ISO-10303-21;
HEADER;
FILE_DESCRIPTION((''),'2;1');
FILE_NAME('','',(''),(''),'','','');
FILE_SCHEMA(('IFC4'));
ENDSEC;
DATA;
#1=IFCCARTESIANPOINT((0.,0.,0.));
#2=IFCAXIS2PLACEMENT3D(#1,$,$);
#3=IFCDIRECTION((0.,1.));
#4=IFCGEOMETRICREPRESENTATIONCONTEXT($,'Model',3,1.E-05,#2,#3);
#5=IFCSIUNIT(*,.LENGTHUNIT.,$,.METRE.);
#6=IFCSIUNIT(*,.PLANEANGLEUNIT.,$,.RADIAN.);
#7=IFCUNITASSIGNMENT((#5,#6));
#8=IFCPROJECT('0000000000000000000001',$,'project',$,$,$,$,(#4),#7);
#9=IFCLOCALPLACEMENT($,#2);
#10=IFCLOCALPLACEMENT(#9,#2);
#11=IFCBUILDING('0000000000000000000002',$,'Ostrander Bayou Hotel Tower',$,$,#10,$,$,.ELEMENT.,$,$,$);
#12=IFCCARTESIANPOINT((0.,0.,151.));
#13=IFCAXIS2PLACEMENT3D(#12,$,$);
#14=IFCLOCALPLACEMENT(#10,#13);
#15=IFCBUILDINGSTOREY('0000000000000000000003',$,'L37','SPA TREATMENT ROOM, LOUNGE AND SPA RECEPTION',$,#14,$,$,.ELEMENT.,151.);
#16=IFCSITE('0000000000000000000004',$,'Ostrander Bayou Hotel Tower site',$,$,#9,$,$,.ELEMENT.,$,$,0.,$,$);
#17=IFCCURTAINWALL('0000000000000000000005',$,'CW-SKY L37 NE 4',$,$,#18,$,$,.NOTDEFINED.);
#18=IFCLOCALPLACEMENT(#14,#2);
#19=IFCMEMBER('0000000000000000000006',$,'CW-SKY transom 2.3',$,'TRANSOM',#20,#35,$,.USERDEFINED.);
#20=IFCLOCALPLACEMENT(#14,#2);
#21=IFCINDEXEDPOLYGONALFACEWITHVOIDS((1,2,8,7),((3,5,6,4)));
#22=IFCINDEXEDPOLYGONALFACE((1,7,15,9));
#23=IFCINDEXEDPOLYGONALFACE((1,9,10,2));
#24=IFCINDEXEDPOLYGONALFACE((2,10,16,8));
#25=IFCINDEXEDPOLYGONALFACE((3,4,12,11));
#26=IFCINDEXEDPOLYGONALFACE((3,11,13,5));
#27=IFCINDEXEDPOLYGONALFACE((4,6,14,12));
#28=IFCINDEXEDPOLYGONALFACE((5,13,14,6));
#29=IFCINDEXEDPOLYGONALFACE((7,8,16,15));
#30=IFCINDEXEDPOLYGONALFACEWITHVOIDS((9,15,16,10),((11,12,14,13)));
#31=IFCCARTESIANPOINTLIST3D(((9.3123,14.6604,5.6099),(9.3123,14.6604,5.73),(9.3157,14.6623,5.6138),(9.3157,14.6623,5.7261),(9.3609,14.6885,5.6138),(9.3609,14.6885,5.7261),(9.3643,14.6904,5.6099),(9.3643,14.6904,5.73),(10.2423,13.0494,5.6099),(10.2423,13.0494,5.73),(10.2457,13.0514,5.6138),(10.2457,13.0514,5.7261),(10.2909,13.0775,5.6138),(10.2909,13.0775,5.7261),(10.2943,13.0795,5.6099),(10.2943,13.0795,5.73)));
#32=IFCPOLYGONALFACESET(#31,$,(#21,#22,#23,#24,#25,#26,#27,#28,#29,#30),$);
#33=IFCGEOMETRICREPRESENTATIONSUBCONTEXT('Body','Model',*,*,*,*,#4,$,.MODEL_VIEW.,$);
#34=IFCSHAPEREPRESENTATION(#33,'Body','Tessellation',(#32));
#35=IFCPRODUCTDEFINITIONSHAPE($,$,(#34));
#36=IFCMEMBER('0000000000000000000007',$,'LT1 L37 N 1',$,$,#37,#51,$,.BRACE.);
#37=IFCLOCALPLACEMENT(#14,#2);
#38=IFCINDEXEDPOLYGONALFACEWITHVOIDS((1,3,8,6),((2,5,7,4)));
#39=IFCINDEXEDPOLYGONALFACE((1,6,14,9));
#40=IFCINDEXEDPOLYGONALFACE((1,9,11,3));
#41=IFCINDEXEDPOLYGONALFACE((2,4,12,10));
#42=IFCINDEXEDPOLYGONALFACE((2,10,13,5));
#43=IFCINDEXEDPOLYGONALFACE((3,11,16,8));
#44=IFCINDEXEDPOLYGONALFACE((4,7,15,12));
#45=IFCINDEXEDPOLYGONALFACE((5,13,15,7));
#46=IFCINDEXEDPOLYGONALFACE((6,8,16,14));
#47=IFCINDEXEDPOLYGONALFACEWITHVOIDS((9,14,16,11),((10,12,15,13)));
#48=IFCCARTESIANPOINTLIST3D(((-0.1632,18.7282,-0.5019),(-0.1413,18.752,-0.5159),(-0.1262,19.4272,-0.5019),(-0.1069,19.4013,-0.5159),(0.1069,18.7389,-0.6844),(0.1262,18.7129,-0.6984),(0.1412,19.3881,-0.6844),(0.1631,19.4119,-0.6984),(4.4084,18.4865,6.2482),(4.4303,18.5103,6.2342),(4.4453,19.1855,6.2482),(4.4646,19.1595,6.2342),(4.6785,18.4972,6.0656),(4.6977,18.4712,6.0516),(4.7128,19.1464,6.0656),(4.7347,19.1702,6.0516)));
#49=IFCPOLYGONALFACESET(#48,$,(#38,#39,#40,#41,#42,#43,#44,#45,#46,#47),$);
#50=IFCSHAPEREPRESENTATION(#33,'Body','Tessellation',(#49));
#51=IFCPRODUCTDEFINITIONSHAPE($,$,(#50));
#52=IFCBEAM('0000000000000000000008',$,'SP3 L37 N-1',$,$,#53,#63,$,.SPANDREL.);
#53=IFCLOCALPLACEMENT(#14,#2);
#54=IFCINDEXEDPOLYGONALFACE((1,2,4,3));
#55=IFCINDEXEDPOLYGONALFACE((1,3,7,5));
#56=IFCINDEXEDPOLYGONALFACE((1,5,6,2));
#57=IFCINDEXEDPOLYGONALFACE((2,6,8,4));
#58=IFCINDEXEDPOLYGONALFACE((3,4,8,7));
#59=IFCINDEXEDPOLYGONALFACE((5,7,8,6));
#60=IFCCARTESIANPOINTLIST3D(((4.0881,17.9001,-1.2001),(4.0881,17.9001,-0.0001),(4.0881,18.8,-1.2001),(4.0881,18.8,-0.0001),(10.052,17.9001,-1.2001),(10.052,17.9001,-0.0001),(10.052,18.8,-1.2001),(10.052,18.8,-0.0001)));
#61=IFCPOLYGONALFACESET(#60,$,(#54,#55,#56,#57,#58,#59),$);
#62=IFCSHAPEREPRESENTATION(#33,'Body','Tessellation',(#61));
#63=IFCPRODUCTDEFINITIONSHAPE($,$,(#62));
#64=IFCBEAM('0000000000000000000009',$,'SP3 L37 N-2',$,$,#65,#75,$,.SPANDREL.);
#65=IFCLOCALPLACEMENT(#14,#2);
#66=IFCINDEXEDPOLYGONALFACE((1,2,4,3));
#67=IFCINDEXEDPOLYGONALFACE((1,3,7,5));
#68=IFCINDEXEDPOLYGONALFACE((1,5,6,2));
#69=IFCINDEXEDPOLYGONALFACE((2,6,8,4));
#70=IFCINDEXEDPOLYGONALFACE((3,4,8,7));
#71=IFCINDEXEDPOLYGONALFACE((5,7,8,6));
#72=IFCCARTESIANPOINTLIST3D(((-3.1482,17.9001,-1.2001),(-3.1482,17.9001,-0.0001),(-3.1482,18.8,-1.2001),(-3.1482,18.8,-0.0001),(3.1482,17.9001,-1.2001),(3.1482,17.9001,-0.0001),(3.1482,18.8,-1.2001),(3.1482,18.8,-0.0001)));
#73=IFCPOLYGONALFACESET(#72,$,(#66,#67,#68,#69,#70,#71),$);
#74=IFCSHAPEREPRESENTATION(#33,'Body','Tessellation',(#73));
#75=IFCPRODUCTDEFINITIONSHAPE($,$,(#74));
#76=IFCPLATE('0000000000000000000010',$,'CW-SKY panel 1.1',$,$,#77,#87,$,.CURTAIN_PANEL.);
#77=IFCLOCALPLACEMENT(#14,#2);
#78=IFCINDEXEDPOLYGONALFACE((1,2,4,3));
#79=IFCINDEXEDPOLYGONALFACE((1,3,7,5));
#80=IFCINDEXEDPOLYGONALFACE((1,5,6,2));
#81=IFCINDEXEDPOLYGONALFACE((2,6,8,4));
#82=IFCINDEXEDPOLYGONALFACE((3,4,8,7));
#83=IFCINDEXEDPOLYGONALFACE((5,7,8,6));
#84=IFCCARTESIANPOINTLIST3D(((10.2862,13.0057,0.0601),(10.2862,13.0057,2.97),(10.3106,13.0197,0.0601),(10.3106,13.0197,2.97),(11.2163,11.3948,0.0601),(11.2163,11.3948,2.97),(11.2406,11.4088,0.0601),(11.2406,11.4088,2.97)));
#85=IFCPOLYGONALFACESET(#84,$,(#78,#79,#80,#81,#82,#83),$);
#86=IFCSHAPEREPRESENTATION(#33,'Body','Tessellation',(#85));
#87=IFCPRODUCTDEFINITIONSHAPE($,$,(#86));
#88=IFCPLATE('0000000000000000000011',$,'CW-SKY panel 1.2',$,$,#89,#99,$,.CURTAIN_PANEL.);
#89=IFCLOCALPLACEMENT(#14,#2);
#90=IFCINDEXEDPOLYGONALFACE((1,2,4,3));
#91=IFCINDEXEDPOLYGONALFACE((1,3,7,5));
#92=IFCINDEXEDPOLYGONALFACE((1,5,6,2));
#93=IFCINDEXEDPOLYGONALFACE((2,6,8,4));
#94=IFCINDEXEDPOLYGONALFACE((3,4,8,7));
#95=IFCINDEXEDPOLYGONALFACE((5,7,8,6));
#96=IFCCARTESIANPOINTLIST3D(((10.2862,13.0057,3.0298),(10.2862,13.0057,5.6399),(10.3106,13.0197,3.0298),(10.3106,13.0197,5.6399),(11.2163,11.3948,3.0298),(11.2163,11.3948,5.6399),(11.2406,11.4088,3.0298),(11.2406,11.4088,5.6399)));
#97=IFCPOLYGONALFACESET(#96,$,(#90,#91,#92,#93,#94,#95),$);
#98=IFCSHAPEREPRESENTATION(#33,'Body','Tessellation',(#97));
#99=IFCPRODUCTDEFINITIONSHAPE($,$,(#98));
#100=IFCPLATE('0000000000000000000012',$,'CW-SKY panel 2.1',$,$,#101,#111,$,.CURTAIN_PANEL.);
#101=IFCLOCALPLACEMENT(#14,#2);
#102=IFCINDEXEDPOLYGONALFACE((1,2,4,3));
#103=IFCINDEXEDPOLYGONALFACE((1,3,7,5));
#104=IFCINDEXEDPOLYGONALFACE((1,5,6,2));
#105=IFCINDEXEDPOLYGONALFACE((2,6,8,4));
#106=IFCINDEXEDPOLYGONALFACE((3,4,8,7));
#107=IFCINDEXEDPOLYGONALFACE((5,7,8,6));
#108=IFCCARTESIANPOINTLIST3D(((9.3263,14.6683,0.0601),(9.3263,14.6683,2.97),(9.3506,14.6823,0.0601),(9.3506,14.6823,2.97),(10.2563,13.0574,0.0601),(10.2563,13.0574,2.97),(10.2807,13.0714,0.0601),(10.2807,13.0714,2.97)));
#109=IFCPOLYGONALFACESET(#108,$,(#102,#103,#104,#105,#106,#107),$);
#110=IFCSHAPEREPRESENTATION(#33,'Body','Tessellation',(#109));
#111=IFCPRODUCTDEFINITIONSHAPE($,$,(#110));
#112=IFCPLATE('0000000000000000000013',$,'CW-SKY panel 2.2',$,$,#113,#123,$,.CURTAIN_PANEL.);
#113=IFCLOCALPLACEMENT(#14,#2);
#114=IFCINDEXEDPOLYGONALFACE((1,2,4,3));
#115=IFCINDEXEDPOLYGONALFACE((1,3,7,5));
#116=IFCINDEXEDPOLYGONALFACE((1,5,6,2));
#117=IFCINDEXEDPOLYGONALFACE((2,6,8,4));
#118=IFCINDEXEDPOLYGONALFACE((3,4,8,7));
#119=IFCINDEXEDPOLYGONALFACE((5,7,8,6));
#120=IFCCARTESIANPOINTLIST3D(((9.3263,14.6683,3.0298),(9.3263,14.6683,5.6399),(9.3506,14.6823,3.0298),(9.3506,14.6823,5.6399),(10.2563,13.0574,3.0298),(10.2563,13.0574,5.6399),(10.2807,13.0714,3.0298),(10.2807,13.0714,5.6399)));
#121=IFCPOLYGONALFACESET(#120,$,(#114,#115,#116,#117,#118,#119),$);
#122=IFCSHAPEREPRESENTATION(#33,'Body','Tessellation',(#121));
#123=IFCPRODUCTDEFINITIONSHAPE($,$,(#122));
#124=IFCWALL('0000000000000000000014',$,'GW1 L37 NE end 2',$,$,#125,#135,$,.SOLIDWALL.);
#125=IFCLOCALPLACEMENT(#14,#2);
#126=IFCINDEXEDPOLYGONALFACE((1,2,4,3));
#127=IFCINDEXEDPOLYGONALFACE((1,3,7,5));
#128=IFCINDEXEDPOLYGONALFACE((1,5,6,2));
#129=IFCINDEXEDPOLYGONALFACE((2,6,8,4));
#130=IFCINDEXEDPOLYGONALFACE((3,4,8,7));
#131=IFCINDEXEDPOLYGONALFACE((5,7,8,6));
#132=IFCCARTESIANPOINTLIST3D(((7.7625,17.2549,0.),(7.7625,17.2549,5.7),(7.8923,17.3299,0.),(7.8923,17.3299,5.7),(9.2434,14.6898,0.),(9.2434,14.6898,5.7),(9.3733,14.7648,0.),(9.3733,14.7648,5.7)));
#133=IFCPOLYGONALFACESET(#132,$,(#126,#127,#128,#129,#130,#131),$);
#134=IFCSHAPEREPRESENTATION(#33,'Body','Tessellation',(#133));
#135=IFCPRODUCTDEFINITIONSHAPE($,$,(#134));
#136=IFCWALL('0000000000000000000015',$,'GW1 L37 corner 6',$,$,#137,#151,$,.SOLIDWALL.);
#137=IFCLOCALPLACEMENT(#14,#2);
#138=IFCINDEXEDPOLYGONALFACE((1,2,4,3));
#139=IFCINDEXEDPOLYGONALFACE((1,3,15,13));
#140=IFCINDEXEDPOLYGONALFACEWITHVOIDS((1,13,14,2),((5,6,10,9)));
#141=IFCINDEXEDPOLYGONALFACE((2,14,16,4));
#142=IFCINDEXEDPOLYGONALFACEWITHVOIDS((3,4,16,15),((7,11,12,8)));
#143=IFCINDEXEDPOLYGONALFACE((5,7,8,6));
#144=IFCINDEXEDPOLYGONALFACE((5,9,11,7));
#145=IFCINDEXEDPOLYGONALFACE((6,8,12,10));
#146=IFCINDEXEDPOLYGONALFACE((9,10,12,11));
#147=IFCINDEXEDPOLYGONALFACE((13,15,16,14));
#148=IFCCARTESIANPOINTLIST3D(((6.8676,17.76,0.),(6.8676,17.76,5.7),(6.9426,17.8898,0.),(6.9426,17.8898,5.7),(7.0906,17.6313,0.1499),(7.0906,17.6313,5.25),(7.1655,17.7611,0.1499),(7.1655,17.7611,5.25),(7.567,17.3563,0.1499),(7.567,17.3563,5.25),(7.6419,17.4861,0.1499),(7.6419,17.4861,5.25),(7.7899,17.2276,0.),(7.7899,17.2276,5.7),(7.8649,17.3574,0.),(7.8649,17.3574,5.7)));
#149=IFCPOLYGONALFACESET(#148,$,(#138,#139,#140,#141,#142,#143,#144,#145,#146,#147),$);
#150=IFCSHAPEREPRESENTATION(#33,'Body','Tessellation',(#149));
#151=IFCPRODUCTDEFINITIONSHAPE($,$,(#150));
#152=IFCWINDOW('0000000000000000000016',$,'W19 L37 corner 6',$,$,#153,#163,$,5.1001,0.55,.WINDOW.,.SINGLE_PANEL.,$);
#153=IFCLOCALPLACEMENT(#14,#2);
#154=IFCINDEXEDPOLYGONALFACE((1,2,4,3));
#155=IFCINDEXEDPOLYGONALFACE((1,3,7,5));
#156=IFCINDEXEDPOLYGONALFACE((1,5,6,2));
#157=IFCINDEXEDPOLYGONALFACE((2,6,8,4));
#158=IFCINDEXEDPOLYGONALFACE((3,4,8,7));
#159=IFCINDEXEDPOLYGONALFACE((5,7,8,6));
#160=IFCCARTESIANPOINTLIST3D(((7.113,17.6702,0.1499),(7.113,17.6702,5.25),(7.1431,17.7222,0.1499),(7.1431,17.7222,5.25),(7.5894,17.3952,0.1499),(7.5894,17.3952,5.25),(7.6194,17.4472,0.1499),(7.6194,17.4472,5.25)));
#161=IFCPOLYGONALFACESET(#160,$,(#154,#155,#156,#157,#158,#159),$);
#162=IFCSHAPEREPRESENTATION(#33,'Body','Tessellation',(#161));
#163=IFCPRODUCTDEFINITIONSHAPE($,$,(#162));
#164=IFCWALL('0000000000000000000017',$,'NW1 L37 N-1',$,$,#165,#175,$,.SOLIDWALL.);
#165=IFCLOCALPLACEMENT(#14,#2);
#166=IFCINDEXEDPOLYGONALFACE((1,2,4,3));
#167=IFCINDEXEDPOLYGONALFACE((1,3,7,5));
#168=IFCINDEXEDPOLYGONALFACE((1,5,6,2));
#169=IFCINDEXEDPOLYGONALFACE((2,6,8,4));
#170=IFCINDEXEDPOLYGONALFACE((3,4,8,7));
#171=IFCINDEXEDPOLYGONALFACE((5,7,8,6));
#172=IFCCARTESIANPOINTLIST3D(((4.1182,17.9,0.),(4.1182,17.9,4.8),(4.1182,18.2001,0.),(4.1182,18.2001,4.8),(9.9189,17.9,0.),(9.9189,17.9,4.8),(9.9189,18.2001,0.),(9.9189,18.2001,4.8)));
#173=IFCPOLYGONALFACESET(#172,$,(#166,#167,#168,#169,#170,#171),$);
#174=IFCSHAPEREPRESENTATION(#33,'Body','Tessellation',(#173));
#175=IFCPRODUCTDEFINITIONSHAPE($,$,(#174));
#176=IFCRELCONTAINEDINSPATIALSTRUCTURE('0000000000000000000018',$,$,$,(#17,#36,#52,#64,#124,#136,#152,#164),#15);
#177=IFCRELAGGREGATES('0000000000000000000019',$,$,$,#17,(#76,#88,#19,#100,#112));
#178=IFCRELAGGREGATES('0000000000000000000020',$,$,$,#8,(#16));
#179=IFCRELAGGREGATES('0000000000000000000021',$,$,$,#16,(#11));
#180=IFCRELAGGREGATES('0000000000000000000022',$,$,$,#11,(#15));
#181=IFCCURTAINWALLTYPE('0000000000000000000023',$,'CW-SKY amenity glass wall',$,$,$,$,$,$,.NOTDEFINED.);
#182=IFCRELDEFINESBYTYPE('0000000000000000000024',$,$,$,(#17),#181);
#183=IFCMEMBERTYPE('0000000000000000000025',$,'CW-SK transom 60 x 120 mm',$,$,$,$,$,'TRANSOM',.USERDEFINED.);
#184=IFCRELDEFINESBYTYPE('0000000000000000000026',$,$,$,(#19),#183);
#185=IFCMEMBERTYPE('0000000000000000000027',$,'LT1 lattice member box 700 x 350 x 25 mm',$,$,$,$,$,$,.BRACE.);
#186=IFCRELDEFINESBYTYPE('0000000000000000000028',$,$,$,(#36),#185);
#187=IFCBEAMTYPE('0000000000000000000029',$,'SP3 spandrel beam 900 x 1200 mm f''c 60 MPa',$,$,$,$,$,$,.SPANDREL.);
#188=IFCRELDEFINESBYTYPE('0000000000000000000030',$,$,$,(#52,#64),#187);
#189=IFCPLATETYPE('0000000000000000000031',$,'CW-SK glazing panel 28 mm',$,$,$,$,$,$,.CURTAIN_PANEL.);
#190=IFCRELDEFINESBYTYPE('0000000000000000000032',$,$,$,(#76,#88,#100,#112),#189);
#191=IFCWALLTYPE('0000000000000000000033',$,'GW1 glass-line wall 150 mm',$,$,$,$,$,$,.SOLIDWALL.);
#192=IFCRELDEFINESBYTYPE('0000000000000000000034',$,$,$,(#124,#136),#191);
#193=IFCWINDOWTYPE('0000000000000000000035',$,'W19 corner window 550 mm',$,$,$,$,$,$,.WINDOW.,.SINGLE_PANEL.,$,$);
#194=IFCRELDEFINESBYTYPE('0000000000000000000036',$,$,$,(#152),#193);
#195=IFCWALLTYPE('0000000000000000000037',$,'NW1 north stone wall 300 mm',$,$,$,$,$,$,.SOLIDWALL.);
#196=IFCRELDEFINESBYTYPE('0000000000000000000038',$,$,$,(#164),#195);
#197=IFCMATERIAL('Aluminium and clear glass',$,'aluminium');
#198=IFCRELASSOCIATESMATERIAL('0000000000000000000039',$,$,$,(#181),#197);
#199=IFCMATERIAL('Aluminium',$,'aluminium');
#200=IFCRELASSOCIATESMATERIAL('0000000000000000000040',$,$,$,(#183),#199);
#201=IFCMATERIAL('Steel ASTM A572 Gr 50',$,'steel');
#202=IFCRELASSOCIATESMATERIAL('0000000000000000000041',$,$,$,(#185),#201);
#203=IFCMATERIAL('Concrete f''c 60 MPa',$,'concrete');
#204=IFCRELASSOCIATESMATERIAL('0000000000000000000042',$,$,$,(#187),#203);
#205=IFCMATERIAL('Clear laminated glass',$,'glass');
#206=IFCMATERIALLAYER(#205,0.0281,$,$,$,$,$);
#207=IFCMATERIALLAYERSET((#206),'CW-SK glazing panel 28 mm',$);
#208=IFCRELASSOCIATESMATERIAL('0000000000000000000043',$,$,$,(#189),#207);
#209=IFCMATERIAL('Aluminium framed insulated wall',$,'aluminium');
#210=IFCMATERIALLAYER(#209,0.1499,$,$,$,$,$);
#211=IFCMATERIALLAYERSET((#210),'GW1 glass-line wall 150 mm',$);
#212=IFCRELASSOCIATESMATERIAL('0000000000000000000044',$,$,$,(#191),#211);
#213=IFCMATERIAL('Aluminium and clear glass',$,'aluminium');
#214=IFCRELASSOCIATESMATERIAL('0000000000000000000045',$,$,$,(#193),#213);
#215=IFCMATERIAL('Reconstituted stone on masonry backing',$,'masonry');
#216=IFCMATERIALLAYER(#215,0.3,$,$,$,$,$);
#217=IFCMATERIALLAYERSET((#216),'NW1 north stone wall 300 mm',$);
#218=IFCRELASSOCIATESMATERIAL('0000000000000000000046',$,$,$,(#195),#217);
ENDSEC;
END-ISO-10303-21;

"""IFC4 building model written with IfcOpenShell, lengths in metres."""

from ifc_helpers import new_model, si_unit, direction, frame, frame_2d, origin, origin_2d, place, context, subcontext, project, spatial, rectangle, hollow_rectangle, extrude, material, layer, layer_set, material_profile, profile_set, type_object, element, fill, aggregate, save


model = new_model("IFC4")

# Units and contexts
model_context = context("Model", 3, precision=1e-05, world=origin(), true_north=direction((0.0, 1.0)))
body_context = subcontext(model_context, "Body", "Model", "MODEL_VIEW")
ifc_project = project(units=[si_unit("LENGTHUNIT", "METRE"), si_unit("PLANEANGLEUNIT", "RADIAN")], contexts=[model_context])

# Site, building, storey
site_placement = place(None, origin())
site = spatial("IfcSite", under=ifc_project, at=site_placement, Name="Ostrander Bayou Hotel Tower site", CompositionType="ELEMENT", RefElevation=0.0)
building_placement = place(site_placement, origin())
building = spatial("IfcBuilding", under=site, at=building_placement, Name="Ostrander Bayou Hotel Tower", CompositionType="ELEMENT")
storey_placement = place(building_placement, frame((0.0, 0.0, 151.0)))
storey = spatial("IfcBuildingStorey", under=building, at=storey_placement, Name="L37", Description="SPA TREATMENT ROOM, LOUNGE AND SPA RECEPTION", CompositionType="ELEMENT", Elevation=151.0)

# Curtain wall, member
ifc_material_1 = material(Name="Aluminium and clear glass", Category="aluminium")
curtain_wall_type = type_object("IfcCurtainWallType", Name="CW-SKY amenity glass wall", PredefinedType="NOTDEFINED", material=ifc_material_1)
curtain_wall_placement = place(storey_placement, origin())
curtain_wall = element("IfcCurtainWall", 1, at=curtain_wall_placement, inside=storey, type_object=curtain_wall_type, Name="CW-SKY L37 NE 4", PredefinedType="NOTDEFINED")
ifc_material_2 = material(Name="Aluminium", Category="aluminium")
ifc_material_profile_1 = material_profile(ifc_material_2, hollow_rectangle(XDim=0.0601, YDim=0.1201, WallThickness=0.0039, at=origin_2d()))
ifc_profile_set_1 = profile_set([ifc_material_profile_1], Name="Aluminium")
member_type_1 = type_object("IfcMemberType", Name="CW-SK transom 60 x 120 mm", ElementType="TRANSOM", PredefinedType="USERDEFINED", material=ifc_profile_set_1)
member_1_placement = place(storey_placement, frame((10.2683, 13.0645, 5.6699), z_axis=(-0.499965, 0.866046, 0.0), x_axis=(-0.866046, -0.499965, 0.0)))
member_1 = element("IfcMember", 2, at=member_1_placement, type_object=member_type_1, Name="CW-SKY transom 2.3", ObjectType="TRANSOM", PredefinedType="USERDEFINED", context=body_context, shape_type="SweptSolid", body=[
    extrude(hollow_rectangle(XDim=0.0601, YDim=0.1201, WallThickness=0.0039, at=origin_2d()), origin(), (0.0, 0.0, 1.0), 1.8601),
])

# Member
ifc_material_3 = material(Name="Steel ASTM A572 Gr 50", Category="steel")
ifc_material_profile_2 = material_profile(ifc_material_3, hollow_rectangle(XDim=0.7, YDim=0.3501, WallThickness=0.0249, at=origin_2d()))
ifc_profile_set_2 = profile_set([ifc_material_profile_2], Name="Steel ASTM A572 Gr 50")
member_type_2 = type_object("IfcMemberType", Name="LT1 lattice member box 700 x 350 x 25 mm", PredefinedType="BRACE", material=ifc_profile_set_2)
member_2_placement = place(storey_placement, frame((4.5715, 18.8284, 6.1499), z_axis=(-0.560514, 0.029635, -0.827615), x_axis=(-0.052797, -0.998605, 0.0)))
element("IfcMember", 3, at=member_2_placement, inside=storey, type_object=member_type_2, Name="LT1 L37 N 1", PredefinedType="BRACE", context=body_context, shape_type="SweptSolid", body=[
    extrude(hollow_rectangle(XDim=0.7, YDim=0.3501, WallThickness=0.0249, at=origin_2d()), origin(), (0.0, 0.0, 1.0), 8.156),
])

# Beams
ifc_material_4 = material(Name="Concrete f'c 60 MPa", Category="concrete")
ifc_material_profile_3 = material_profile(ifc_material_4, rectangle(XDim=0.8999, YDim=1.2, at=origin_2d()))
ifc_profile_set_3 = profile_set([ifc_material_profile_3], Name="Concrete f'c 60 MPa")
beam_type = type_object("IfcBeamType", Name="SP3 spandrel beam 900 x 1200 mm f'c 60 MPa", PredefinedType="SPANDREL", material=ifc_profile_set_3)
beam_1_placement = place(storey_placement, frame((10.052, 18.3501, -0.6001), z_axis=(-1.0, 0.0, 0.0), x_axis=(0.0, -1.0, 0.0)))
element("IfcBeam", 4, at=beam_1_placement, inside=storey, type_object=beam_type, Name="SP3 L37 N-1", PredefinedType="SPANDREL", context=body_context, shape_type="SweptSolid", body=[
    extrude(rectangle(XDim=0.8999, YDim=1.2, at=origin_2d()), origin(), (0.0, 0.0, 1.0), 5.9639),
])
beam_2_placement = place(storey_placement, frame((3.1482, 18.3501, -0.6001), z_axis=(-1.0, 0.0, 0.0), x_axis=(0.0, -1.0, 0.0)))
element("IfcBeam", 5, at=beam_2_placement, inside=storey, type_object=beam_type, Name="SP3 L37 N-2", PredefinedType="SPANDREL", context=body_context, shape_type="SweptSolid", body=[
    extrude(rectangle(XDim=0.8999, YDim=1.2, at=origin_2d()), origin(), (0.0, 0.0, 1.0), 6.2964),
])

# Plates
ifc_material_5 = material(Name="Clear laminated glass", Category="glass")
ifc_layer_1 = layer(ifc_material_5, 0.0281)
ifc_layer_set_1 = layer_set([ifc_layer_1], Name="CW-SK glazing panel 28 mm")
plate_type = type_object("IfcPlateType", Name="CW-SK glazing panel 28 mm", PredefinedType="CURTAIN_PANEL", material=ifc_layer_set_1)
plate_1_placement = place(storey_placement, frame((10.7634, 12.2073, 0.0601), z_axis=(0.0, 0.0, 1.0), x_axis=(-0.5, 0.866025, 0.0)))
plate_1 = element("IfcPlate", 6, at=plate_1_placement, type_object=plate_type, Name="CW-SKY panel 1.1", PredefinedType="CURTAIN_PANEL", context=body_context, shape_type="SweptSolid", body=[
    extrude(rectangle(XDim=1.8601, YDim=0.0281, at=origin_2d()), origin(), (0.0, 0.0, 1.0), 2.9099),
])
plate_2_placement = place(storey_placement, frame((10.7634, 12.2073, 3.0298), z_axis=(0.0, 0.0, 1.0), x_axis=(-0.5, 0.866025, 0.0)))
plate_2 = element("IfcPlate", 7, at=plate_2_placement, type_object=plate_type, Name="CW-SKY panel 1.2", PredefinedType="CURTAIN_PANEL", context=body_context, shape_type="SweptSolid", body=[
    extrude(rectangle(XDim=1.8601, YDim=0.0281, at=origin_2d()), origin(), (0.0, 0.0, 1.0), 2.6101),
])
plate_3_placement = place(storey_placement, frame((9.8035, 13.8699, 0.0601), z_axis=(0.0, 0.0, 1.0), x_axis=(-0.5, 0.866025, 0.0)))
plate_3 = element("IfcPlate", 8, at=plate_3_placement, type_object=plate_type, Name="CW-SKY panel 2.1", PredefinedType="CURTAIN_PANEL", context=body_context, shape_type="SweptSolid", body=[
    extrude(rectangle(XDim=1.8601, YDim=0.0281, at=origin_2d()), origin(), (0.0, 0.0, 1.0), 2.9099),
])
plate_4_placement = place(storey_placement, frame((9.8035, 13.8699, 3.0298), z_axis=(0.0, 0.0, 1.0), x_axis=(-0.5, 0.866025, 0.0)))
plate_4 = element("IfcPlate", 9, at=plate_4_placement, type_object=plate_type, Name="CW-SKY panel 2.2", PredefinedType="CURTAIN_PANEL", context=body_context, shape_type="SweptSolid", body=[
    extrude(rectangle(XDim=1.8601, YDim=0.0281, at=origin_2d()), origin(), (0.0, 0.0, 1.0), 2.6101),
])
aggregate(curtain_wall, [plate_1, plate_2, member_1, plate_3, plate_4])

# Wall
ifc_material_6 = material(Name="Aluminium framed insulated wall", Category="aluminium")
ifc_layer_2 = layer(ifc_material_6, 0.1499)
ifc_layer_set_2 = layer_set([ifc_layer_2], Name="GW1 glass-line wall 150 mm")
wall_type_1 = type_object("IfcWallType", Name="GW1 glass-line wall 150 mm", PredefinedType="SOLIDWALL", material=ifc_layer_set_2)
wall_1_placement = place(storey_placement, frame((9.3083, 14.7273, 0.0), z_axis=(0.0, 0.0, 1.0), x_axis=(-0.499986, 0.866033, 0.0)))
element("IfcWall", 10, at=wall_1_placement, inside=storey, type_object=wall_type_1, Name="GW1 L37 NE end 2", PredefinedType="SOLIDWALL", context=body_context, shape_type="SweptSolid", body=[
    extrude(rectangle(XDim=2.9619, YDim=0.1499, at=frame_2d((1.481, 0.0))), origin(), (0.0, 0.0, 1.0), 5.7),
])

# Wall, opening, window
wall_2_placement = place(storey_placement, frame((7.8274, 17.2925, 0.0), z_axis=(0.0, 0.0, 1.0), x_axis=(-0.866048, 0.499961, 0.0)))
wall_2 = element("IfcWall", 11, at=wall_2_placement, inside=storey, type_object=wall_type_1, Name="GW1 L37 corner 6", PredefinedType="SOLIDWALL", context=body_context, shape_type="SweptSolid", body=[
    extrude(rectangle(XDim=1.0649, YDim=0.1499, at=frame_2d((0.5325, 0.0))), origin(), (0.0, 0.0, 1.0), 5.7),
])
opening_1_placement = place(wall_2_placement, frame((0.2576, 0.0, 0.1499)))
opening_1 = element("IfcOpeningElement", 12, at=opening_1_placement, cuts=wall_2, PredefinedType="OPENING", context=body_context, shape_type="SweptSolid", body=[
    extrude(rectangle(XDim=0.55, YDim=5.1001, at=frame_2d((0.2749, 2.55))), frame((0.0, 0.075, 0.0), z_axis=(0.0, -1.0, 0.0), x_axis=(1.0, 0.0, 0.0)), (0.0, 0.0, 1.0), 0.1499),
])
ifc_material_7 = material(Name="Aluminium and clear glass", Category="aluminium")
window_type = type_object("IfcWindowType", Name="W19 corner window 550 mm", PartitioningType="SINGLE_PANEL", PredefinedType="WINDOW", material=ifc_material_7)
window_placement = place(opening_1_placement, origin())
window = element("IfcWindow", 13, at=window_placement, inside=storey, type_object=window_type, Name="W19 L37 corner 6", OverallHeight=5.1001, OverallWidth=0.55, PartitioningType="SINGLE_PANEL", PredefinedType="WINDOW", context=body_context, shape_type="SweptSolid", body=[
    extrude(rectangle(XDim=0.55, YDim=5.1001, at=frame_2d((0.2749, 2.55))), frame((0.0, 0.03, 0.0), z_axis=(0.0, -1.0, 0.0), x_axis=(1.0, 0.0, 0.0)), (0.0, 0.0, 1.0), 0.0601),
])
fill(opening_1, window)

# Wall
ifc_material_8 = material(Name="Reconstituted stone on masonry backing", Category="masonry")
ifc_layer_3 = layer(ifc_material_8, 0.3)
ifc_layer_set_3 = layer_set([ifc_layer_3], Name="NW1 north stone wall 300 mm")
wall_type_2 = type_object("IfcWallType", Name="NW1 north stone wall 300 mm", PredefinedType="SOLIDWALL", material=ifc_layer_set_3)
wall_3_placement = place(storey_placement, frame((9.9189, 18.05, 0.0), z_axis=(0.0, 0.0, 1.0), x_axis=(-1.0, 0.0, 0.0)))
element("IfcWall", 14, at=wall_3_placement, inside=storey, type_object=wall_type_2, Name="NW1 L37 N-1", PredefinedType="SOLIDWALL", context=body_context, shape_type="SweptSolid", body=[
    extrude(rectangle(XDim=5.8008, YDim=0.3, at=frame_2d((2.9004, 0.0))), origin(), (0.0, 0.0, 1.0), 4.8),
])

save(model, "model.ifc")
